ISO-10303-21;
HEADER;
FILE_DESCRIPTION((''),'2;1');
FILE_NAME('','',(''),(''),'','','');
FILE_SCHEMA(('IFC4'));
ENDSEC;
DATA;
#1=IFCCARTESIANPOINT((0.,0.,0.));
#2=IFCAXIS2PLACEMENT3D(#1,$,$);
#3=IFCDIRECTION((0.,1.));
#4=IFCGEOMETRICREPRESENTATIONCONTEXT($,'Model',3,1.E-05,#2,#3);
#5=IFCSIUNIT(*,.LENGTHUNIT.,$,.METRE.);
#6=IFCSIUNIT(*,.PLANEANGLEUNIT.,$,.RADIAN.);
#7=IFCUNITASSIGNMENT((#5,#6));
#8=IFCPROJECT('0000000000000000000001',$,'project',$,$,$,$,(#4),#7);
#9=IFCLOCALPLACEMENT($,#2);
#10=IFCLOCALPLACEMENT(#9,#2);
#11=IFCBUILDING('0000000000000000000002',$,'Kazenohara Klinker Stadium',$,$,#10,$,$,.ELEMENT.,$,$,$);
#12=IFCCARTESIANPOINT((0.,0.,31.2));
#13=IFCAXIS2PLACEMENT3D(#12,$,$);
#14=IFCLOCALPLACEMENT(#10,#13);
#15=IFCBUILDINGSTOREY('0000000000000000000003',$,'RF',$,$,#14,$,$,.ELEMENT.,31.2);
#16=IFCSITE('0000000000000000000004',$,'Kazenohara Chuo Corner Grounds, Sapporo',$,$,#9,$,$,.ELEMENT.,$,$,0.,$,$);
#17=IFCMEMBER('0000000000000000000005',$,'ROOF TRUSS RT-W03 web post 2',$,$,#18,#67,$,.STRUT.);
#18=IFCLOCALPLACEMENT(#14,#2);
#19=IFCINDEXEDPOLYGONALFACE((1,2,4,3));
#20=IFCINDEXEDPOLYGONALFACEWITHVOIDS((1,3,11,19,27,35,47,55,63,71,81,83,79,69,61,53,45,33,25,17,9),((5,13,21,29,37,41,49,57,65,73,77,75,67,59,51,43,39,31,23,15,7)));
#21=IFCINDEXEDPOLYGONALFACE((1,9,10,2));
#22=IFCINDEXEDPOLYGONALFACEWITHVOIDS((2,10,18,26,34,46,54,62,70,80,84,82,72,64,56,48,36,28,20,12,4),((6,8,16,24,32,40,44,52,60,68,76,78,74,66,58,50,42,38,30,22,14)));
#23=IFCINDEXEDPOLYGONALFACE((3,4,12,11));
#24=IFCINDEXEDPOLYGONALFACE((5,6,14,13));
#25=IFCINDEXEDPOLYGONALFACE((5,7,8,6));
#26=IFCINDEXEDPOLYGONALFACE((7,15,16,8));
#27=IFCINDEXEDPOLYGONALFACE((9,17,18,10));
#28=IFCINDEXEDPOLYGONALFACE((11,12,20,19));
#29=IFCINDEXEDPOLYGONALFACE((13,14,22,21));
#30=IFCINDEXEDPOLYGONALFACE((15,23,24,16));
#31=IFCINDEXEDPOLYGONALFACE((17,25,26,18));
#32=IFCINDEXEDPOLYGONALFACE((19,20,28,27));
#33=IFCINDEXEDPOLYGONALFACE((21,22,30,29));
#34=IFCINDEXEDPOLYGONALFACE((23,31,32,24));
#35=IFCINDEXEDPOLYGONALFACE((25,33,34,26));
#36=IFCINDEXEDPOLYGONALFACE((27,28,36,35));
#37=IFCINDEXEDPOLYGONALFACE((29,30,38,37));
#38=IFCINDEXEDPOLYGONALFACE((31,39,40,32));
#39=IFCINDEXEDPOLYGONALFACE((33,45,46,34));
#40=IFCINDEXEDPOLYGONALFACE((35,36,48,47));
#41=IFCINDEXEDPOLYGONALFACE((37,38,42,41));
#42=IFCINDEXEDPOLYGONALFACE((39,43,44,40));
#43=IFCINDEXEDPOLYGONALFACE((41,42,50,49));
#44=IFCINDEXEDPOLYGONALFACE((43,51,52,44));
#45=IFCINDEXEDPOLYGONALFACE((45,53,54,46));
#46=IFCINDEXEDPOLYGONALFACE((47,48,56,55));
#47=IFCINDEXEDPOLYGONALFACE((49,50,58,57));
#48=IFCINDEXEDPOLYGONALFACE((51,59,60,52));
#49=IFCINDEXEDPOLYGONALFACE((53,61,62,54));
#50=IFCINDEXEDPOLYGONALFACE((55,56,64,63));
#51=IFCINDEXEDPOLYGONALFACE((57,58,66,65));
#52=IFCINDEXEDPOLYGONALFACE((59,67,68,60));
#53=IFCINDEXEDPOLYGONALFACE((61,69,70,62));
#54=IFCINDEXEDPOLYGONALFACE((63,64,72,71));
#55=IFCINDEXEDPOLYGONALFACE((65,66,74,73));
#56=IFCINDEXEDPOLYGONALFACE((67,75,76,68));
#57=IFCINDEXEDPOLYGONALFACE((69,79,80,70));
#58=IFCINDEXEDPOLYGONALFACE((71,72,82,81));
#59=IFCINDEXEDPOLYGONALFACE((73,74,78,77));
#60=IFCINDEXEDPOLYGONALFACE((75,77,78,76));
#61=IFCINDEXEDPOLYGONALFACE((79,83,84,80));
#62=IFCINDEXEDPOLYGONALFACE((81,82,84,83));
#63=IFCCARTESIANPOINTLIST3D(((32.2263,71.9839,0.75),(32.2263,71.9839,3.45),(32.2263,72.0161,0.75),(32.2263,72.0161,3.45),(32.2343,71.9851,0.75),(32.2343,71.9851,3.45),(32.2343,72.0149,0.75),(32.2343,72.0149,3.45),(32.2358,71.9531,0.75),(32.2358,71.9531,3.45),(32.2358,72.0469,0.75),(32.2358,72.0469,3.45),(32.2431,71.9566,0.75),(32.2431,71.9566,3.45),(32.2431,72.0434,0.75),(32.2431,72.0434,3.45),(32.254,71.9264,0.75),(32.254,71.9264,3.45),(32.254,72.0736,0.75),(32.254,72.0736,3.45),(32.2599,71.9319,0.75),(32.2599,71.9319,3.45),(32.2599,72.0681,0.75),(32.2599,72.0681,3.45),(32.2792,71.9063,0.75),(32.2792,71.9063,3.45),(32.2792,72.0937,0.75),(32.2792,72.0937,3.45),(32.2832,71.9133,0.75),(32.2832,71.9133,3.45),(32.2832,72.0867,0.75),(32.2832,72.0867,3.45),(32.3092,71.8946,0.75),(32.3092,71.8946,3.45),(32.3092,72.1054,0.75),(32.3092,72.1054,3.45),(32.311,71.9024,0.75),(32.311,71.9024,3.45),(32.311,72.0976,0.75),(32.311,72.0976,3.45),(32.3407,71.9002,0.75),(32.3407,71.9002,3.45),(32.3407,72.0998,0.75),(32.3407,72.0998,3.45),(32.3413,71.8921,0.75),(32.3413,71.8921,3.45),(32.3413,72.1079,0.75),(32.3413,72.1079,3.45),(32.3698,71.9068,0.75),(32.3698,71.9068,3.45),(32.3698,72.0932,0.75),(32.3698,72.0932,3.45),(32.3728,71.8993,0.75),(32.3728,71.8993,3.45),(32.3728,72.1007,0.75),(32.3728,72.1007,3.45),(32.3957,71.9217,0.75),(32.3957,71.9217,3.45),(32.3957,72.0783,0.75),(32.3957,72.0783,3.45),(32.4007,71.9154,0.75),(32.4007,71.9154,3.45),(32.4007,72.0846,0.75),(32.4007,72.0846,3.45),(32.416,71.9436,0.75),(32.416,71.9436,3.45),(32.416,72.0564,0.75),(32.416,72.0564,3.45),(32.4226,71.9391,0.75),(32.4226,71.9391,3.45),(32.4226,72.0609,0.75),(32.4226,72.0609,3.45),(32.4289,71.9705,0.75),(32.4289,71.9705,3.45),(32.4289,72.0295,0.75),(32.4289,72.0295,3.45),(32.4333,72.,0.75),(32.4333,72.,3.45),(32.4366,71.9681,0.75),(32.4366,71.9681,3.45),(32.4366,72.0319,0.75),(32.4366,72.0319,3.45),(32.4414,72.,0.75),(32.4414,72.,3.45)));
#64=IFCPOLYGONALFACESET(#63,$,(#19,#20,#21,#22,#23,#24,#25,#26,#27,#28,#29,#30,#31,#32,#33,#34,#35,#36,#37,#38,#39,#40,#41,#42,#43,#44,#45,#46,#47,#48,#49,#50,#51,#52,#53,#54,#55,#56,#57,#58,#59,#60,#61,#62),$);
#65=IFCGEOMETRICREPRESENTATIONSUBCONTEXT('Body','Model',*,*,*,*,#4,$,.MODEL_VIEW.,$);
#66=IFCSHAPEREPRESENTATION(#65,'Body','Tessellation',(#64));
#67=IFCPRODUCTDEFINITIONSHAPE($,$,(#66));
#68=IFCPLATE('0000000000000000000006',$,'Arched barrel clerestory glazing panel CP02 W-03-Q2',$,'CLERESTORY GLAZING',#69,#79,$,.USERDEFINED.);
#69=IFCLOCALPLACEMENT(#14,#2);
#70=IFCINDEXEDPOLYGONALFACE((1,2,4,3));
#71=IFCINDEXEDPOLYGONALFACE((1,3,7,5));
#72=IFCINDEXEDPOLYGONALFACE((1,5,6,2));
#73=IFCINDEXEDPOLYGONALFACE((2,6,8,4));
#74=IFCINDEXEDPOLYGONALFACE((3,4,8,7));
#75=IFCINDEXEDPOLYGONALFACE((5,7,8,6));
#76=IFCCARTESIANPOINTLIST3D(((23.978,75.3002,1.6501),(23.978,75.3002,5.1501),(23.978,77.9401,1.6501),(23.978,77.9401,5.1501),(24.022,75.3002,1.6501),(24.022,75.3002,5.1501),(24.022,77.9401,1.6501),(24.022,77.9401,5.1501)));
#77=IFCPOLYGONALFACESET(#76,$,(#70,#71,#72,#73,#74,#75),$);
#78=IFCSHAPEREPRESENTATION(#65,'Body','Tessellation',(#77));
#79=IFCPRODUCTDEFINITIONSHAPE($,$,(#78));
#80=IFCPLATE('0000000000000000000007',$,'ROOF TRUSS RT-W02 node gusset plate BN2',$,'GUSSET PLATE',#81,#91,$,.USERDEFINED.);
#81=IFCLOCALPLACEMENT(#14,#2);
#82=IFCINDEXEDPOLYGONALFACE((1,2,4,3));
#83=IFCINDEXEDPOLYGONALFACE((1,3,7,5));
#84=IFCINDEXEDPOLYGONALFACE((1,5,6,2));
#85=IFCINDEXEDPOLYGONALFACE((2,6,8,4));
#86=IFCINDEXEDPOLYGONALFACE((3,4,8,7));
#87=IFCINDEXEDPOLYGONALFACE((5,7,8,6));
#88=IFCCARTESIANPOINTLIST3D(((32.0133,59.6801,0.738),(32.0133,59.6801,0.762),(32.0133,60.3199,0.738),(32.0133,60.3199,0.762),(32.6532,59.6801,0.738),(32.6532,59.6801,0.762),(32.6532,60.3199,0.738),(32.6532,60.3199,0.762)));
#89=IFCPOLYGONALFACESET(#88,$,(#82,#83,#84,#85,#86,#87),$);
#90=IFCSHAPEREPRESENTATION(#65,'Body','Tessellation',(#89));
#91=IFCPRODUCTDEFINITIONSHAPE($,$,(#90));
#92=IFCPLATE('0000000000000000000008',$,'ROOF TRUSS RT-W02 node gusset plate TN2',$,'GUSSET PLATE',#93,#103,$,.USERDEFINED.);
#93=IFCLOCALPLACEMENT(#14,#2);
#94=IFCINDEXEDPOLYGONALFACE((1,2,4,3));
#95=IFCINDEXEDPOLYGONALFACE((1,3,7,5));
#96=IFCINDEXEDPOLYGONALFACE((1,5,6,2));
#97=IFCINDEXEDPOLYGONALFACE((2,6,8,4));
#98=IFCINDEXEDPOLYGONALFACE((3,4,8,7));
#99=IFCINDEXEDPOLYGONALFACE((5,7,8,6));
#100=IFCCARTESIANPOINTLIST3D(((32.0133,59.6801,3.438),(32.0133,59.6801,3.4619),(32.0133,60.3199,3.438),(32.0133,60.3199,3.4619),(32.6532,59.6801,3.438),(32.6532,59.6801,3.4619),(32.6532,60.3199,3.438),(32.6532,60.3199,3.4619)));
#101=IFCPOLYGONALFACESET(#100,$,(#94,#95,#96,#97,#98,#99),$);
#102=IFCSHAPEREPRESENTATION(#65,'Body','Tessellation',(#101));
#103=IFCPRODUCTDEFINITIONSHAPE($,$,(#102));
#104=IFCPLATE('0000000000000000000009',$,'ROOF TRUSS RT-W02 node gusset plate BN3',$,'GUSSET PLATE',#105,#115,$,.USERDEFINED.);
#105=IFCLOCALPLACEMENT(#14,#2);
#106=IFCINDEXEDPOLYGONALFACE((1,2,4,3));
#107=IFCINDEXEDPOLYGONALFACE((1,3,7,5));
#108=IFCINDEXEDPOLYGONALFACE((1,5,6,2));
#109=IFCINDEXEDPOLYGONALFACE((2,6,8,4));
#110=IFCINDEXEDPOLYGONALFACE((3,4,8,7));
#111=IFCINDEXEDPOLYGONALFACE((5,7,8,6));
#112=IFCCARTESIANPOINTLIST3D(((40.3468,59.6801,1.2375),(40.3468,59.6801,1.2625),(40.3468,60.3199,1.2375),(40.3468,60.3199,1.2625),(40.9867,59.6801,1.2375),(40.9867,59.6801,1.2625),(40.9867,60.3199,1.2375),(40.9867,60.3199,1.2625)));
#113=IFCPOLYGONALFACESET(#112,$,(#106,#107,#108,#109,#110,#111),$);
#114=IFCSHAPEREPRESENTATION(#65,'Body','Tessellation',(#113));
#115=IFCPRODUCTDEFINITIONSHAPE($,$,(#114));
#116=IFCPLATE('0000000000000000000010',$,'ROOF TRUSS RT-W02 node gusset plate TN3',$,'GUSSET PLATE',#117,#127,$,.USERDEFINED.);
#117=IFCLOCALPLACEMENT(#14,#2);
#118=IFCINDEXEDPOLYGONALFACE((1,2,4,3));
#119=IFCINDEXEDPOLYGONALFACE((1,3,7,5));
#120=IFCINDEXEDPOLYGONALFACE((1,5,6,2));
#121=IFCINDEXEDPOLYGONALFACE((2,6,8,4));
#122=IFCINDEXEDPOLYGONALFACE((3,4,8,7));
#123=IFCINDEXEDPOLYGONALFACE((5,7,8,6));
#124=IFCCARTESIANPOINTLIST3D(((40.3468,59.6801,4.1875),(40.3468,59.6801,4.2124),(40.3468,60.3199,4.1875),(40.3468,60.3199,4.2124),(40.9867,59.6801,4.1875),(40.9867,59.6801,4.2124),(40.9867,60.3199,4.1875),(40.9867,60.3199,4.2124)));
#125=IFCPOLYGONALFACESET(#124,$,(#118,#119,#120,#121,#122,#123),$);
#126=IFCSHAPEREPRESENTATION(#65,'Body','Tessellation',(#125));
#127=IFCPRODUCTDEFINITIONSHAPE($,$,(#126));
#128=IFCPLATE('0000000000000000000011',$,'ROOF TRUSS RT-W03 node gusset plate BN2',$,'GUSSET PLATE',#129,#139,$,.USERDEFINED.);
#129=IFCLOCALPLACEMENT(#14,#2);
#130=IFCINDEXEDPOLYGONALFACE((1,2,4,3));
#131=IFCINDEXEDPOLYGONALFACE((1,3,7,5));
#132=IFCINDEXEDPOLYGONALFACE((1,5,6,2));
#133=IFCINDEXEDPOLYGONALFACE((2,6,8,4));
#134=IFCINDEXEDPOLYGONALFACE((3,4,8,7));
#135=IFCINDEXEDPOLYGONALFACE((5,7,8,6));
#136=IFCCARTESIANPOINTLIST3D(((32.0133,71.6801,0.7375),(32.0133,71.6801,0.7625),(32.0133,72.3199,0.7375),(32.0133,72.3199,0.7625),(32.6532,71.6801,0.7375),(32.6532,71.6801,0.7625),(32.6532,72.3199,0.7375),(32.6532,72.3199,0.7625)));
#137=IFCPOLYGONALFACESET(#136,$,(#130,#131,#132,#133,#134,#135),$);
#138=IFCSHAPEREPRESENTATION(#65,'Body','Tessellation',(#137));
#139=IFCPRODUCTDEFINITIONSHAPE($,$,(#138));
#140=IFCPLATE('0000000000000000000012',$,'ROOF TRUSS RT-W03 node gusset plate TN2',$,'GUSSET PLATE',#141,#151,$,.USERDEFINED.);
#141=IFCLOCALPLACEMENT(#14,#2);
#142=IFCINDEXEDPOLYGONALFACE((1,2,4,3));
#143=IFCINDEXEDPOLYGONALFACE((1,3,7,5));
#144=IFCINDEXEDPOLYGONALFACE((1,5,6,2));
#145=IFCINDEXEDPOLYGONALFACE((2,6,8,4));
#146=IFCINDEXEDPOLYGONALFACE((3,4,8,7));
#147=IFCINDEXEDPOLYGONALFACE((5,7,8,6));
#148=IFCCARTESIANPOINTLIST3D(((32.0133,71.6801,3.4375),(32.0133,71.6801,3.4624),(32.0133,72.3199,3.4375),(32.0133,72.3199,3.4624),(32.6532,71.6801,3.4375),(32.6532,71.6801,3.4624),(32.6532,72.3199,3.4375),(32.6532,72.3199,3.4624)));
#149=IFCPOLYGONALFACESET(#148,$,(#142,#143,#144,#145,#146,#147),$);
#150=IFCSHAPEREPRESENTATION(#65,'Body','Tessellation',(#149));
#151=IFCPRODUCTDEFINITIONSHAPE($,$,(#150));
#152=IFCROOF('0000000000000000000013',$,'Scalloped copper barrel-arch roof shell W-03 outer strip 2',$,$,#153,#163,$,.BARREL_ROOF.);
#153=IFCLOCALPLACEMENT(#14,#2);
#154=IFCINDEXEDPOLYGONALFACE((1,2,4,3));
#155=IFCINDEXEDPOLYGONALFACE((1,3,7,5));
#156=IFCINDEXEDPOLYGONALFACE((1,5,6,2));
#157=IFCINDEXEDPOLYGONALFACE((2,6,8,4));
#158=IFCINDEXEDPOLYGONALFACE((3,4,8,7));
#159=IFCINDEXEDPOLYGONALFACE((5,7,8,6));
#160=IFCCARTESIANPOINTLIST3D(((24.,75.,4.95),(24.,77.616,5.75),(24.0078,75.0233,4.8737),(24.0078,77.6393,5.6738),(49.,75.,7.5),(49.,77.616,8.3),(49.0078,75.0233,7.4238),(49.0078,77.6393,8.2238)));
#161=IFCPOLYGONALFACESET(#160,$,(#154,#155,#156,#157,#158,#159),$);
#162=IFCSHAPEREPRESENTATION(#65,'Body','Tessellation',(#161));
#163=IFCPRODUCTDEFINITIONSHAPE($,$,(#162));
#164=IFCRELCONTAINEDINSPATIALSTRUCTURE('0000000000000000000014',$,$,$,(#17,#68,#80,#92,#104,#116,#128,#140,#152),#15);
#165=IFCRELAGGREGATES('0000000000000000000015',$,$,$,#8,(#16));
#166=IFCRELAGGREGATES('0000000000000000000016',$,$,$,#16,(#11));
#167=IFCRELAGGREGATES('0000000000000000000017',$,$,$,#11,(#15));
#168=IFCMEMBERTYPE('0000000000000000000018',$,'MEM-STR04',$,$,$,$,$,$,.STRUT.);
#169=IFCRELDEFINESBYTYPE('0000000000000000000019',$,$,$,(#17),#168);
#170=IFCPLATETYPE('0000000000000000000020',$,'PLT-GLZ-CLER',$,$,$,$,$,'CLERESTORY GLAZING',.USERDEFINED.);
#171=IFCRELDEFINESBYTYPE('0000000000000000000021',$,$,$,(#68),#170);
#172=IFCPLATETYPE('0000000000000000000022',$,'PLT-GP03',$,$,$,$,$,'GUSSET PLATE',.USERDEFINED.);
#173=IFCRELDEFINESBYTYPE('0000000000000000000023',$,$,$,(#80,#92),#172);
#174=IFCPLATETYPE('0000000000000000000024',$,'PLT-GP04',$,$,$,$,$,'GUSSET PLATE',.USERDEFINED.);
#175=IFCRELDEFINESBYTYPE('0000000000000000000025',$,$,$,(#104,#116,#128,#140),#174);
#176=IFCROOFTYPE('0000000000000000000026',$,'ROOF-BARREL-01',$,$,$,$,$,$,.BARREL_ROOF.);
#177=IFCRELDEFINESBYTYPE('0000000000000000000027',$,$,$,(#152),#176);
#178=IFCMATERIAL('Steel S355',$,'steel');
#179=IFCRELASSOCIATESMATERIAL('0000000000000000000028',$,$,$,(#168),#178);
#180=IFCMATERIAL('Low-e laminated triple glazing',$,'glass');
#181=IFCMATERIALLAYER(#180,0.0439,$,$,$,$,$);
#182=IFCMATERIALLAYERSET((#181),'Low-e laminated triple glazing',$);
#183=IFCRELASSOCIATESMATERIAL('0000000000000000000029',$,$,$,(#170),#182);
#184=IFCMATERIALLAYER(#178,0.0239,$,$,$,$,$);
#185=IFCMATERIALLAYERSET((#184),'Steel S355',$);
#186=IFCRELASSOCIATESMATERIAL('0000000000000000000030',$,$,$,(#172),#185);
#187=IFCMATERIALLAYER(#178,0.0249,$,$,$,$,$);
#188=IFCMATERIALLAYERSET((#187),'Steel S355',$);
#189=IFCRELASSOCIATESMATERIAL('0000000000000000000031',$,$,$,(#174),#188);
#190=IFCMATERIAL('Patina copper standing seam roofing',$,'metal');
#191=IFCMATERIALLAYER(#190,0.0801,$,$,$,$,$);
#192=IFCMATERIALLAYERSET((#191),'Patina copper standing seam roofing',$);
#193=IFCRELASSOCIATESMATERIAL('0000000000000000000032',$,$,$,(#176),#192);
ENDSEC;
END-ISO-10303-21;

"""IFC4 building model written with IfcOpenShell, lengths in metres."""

from ifc_helpers import new_model, si_unit, direction, frame, origin, origin_2d, place, context, subcontext, project, spatial, polyline, rectangle, hollow_circle, outline, extrude, material, layer, layer_set, material_profile, profile_set, type_object, element, save


model = new_model("IFC4")

# Units and contexts
model_context = context("Model", 3, precision=1e-05, world=origin(), true_north=direction((0.0, 1.0)))
body_context = subcontext(model_context, "Body", "Model", "MODEL_VIEW")
ifc_project = project(units=[si_unit("LENGTHUNIT", "METRE"), si_unit("PLANEANGLEUNIT", "RADIAN")], contexts=[model_context])

# Site, building, storey
site_placement = place(None, origin())
site = spatial("IfcSite", under=ifc_project, at=site_placement, Name="Kazenohara Chuo Corner Grounds, Sapporo", CompositionType="ELEMENT", RefElevation=0.0)
building_placement = place(site_placement, origin())
building = spatial("IfcBuilding", under=site, at=building_placement, Name="Kazenohara Klinker Stadium", CompositionType="ELEMENT")
storey_placement = place(building_placement, frame((0.0, 0.0, 31.2)))
storey = spatial("IfcBuildingStorey", under=building, at=storey_placement, Name="RF", CompositionType="ELEMENT", Elevation=31.2)

# Member
ifc_material_1 = material(Name="Steel S355", Category="steel")
ifc_material_profile_1 = material_profile(ifc_material_1, hollow_circle(Radius=0.1082, WallThickness=0.0081, at=origin_2d()), Name="CHS-216.3x8")
ifc_profile_set_1 = profile_set([ifc_material_profile_1], Name="Steel S355")
member_type_1 = type_object("IfcMemberType", Name="MEM-STR04", PredefinedType="STRUT", material=ifc_profile_set_1)
member_1_placement = place(storey_placement, frame((32.3333, 72.0, 0.75), z_axis=(0.0, 0.0, 1.0), x_axis=(1.0, 0.0, 0.0)))
element("IfcMember", 1, at=member_1_placement, inside=storey, type_object=member_type_1, Name="ROOF TRUSS RT-W03 web post 2", PredefinedType="STRUT", context=body_context, shape_type="SweptSolid", body=[
    extrude(hollow_circle(Radius=0.1082, WallThickness=0.0081, at=origin_2d()), origin(), (0.0, 0.0, 1.0), 2.7),
])

# Plates
ifc_material_2 = material(Name="Low-e laminated triple glazing", Category="glass")
ifc_layer_1 = layer(ifc_material_2, 0.0439)
ifc_layer_set_1 = layer_set([ifc_layer_1], Name="Low-e laminated triple glazing")
plate_type_1 = type_object("IfcPlateType", Name="PLT-GLZ-CLER", ElementType="CLERESTORY GLAZING", PredefinedType="USERDEFINED", material=ifc_layer_set_1)
plate_placement = place(storey_placement, frame((24.0, 76.6201, 1.6501), z_axis=(0.0, 0.0, 1.0), x_axis=(1.0, 0.0, 0.0)))
element("IfcPlate", 2, at=plate_placement, inside=storey, type_object=plate_type_1, Name="Arched barrel clerestory glazing panel CP02 W-03-Q2", ObjectType="CLERESTORY GLAZING", PredefinedType="USERDEFINED", context=body_context, shape_type="SweptSolid", body=[
    extrude(rectangle(XDim=0.0439, YDim=2.6399, at=origin_2d()), origin(), (0.0, 0.0, 1.0), 3.5),
])
ifc_layer_2 = layer(ifc_material_1, 0.0239)
ifc_layer_set_2 = layer_set([ifc_layer_2], Name="Steel S355")
plate_type_2 = type_object("IfcPlateType", Name="PLT-GP03", ElementType="GUSSET PLATE", PredefinedType="USERDEFINED", material=ifc_layer_set_2)
for number, where, z_axis, x_axis, name in (
    (3, (32.3333, 60.0, 0.738), (0.0, 0.0, 1.0), (1.0, 0.0, 0.0), "ROOF TRUSS RT-W02 node gusset plate BN2"),
    (4, (32.3333, 60.0, 3.438), (0.0, 0.0, 1.0), (1.0, 0.0, 0.0), "ROOF TRUSS RT-W02 node gusset plate TN2"),
):
    element("IfcPlate", number, at=place(storey_placement, frame(where, z_axis=z_axis, x_axis=x_axis)), inside=storey, type_object=plate_type_2, Name=name, ObjectType="GUSSET PLATE", PredefinedType="USERDEFINED", context=body_context, shape_type="SweptSolid", body=[
        extrude(rectangle(XDim=0.6399, YDim=0.6399, at=origin_2d()), origin(), (0.0, 0.0, 1.0), 0.0239),
    ])
ifc_layer_3 = layer(ifc_material_1, 0.0249)
ifc_layer_set_3 = layer_set([ifc_layer_3], Name="Steel S355")
plate_type_3 = type_object("IfcPlateType", Name="PLT-GP04", ElementType="GUSSET PLATE", PredefinedType="USERDEFINED", material=ifc_layer_set_3)
for number, where, z_axis, x_axis, name in (
    (5, (40.6667, 60.0, 1.2375), (0.0, 0.0, 1.0), (1.0, 0.0, 0.0), "ROOF TRUSS RT-W02 node gusset plate BN3"),
    (6, (40.6667, 60.0, 4.1875), (0.0, 0.0, 1.0), (1.0, 0.0, 0.0), "ROOF TRUSS RT-W02 node gusset plate TN3"),
    (7, (32.3333, 72.0, 0.7375), (0.0, 0.0, 1.0), (1.0, 0.0, 0.0), "ROOF TRUSS RT-W03 node gusset plate BN2"),
    (8, (32.3333, 72.0, 3.4375), (0.0, 0.0, 1.0), (1.0, 0.0, 0.0), "ROOF TRUSS RT-W03 node gusset plate TN2"),
):
    element("IfcPlate", number, at=place(storey_placement, frame(where, z_axis=z_axis, x_axis=x_axis)), inside=storey, type_object=plate_type_3, Name=name, ObjectType="GUSSET PLATE", PredefinedType="USERDEFINED", context=body_context, shape_type="SweptSolid", body=[
        extrude(rectangle(XDim=0.6399, YDim=0.6399, at=origin_2d()), origin(), (0.0, 0.0, 1.0), 0.0249),
    ])

# Roof
ifc_material_3 = material(Name="Patina copper standing seam roofing", Category="metal")
ifc_layer_4 = layer(ifc_material_3, 0.0801)
ifc_layer_set_4 = layer_set([ifc_layer_4], Name="Patina copper standing seam roofing")
roof_type = type_object("IfcRoofType", Name="ROOF-BARREL-01", PredefinedType="BARREL_ROOF", material=ifc_layer_set_4)
roof_placement = place(storey_placement, frame((24.0, 75.0, 4.95), z_axis=(-0.097081, -0.29108, 0.95176), x_axis=(0.994838, 0.0, 0.101475)))
element("IfcRoof", 9, at=roof_placement, inside=storey, type_object=roof_type, Name="Scalloped copper barrel-arch roof shell W-03 outer strip 2", PredefinedType="BARREL_ROOF", context=body_context, shape_type="SweptSolid", body=[
    extrude(outline(polyline([(0.0, 0.0), (25.1297, 0.0), (25.2109, 2.7344), (0.0812, 2.7344), (0.0, 0.0)])), origin(), (0.0, 0.0, -1.0), 0.0801),
])

save(model, "model.ifc")
